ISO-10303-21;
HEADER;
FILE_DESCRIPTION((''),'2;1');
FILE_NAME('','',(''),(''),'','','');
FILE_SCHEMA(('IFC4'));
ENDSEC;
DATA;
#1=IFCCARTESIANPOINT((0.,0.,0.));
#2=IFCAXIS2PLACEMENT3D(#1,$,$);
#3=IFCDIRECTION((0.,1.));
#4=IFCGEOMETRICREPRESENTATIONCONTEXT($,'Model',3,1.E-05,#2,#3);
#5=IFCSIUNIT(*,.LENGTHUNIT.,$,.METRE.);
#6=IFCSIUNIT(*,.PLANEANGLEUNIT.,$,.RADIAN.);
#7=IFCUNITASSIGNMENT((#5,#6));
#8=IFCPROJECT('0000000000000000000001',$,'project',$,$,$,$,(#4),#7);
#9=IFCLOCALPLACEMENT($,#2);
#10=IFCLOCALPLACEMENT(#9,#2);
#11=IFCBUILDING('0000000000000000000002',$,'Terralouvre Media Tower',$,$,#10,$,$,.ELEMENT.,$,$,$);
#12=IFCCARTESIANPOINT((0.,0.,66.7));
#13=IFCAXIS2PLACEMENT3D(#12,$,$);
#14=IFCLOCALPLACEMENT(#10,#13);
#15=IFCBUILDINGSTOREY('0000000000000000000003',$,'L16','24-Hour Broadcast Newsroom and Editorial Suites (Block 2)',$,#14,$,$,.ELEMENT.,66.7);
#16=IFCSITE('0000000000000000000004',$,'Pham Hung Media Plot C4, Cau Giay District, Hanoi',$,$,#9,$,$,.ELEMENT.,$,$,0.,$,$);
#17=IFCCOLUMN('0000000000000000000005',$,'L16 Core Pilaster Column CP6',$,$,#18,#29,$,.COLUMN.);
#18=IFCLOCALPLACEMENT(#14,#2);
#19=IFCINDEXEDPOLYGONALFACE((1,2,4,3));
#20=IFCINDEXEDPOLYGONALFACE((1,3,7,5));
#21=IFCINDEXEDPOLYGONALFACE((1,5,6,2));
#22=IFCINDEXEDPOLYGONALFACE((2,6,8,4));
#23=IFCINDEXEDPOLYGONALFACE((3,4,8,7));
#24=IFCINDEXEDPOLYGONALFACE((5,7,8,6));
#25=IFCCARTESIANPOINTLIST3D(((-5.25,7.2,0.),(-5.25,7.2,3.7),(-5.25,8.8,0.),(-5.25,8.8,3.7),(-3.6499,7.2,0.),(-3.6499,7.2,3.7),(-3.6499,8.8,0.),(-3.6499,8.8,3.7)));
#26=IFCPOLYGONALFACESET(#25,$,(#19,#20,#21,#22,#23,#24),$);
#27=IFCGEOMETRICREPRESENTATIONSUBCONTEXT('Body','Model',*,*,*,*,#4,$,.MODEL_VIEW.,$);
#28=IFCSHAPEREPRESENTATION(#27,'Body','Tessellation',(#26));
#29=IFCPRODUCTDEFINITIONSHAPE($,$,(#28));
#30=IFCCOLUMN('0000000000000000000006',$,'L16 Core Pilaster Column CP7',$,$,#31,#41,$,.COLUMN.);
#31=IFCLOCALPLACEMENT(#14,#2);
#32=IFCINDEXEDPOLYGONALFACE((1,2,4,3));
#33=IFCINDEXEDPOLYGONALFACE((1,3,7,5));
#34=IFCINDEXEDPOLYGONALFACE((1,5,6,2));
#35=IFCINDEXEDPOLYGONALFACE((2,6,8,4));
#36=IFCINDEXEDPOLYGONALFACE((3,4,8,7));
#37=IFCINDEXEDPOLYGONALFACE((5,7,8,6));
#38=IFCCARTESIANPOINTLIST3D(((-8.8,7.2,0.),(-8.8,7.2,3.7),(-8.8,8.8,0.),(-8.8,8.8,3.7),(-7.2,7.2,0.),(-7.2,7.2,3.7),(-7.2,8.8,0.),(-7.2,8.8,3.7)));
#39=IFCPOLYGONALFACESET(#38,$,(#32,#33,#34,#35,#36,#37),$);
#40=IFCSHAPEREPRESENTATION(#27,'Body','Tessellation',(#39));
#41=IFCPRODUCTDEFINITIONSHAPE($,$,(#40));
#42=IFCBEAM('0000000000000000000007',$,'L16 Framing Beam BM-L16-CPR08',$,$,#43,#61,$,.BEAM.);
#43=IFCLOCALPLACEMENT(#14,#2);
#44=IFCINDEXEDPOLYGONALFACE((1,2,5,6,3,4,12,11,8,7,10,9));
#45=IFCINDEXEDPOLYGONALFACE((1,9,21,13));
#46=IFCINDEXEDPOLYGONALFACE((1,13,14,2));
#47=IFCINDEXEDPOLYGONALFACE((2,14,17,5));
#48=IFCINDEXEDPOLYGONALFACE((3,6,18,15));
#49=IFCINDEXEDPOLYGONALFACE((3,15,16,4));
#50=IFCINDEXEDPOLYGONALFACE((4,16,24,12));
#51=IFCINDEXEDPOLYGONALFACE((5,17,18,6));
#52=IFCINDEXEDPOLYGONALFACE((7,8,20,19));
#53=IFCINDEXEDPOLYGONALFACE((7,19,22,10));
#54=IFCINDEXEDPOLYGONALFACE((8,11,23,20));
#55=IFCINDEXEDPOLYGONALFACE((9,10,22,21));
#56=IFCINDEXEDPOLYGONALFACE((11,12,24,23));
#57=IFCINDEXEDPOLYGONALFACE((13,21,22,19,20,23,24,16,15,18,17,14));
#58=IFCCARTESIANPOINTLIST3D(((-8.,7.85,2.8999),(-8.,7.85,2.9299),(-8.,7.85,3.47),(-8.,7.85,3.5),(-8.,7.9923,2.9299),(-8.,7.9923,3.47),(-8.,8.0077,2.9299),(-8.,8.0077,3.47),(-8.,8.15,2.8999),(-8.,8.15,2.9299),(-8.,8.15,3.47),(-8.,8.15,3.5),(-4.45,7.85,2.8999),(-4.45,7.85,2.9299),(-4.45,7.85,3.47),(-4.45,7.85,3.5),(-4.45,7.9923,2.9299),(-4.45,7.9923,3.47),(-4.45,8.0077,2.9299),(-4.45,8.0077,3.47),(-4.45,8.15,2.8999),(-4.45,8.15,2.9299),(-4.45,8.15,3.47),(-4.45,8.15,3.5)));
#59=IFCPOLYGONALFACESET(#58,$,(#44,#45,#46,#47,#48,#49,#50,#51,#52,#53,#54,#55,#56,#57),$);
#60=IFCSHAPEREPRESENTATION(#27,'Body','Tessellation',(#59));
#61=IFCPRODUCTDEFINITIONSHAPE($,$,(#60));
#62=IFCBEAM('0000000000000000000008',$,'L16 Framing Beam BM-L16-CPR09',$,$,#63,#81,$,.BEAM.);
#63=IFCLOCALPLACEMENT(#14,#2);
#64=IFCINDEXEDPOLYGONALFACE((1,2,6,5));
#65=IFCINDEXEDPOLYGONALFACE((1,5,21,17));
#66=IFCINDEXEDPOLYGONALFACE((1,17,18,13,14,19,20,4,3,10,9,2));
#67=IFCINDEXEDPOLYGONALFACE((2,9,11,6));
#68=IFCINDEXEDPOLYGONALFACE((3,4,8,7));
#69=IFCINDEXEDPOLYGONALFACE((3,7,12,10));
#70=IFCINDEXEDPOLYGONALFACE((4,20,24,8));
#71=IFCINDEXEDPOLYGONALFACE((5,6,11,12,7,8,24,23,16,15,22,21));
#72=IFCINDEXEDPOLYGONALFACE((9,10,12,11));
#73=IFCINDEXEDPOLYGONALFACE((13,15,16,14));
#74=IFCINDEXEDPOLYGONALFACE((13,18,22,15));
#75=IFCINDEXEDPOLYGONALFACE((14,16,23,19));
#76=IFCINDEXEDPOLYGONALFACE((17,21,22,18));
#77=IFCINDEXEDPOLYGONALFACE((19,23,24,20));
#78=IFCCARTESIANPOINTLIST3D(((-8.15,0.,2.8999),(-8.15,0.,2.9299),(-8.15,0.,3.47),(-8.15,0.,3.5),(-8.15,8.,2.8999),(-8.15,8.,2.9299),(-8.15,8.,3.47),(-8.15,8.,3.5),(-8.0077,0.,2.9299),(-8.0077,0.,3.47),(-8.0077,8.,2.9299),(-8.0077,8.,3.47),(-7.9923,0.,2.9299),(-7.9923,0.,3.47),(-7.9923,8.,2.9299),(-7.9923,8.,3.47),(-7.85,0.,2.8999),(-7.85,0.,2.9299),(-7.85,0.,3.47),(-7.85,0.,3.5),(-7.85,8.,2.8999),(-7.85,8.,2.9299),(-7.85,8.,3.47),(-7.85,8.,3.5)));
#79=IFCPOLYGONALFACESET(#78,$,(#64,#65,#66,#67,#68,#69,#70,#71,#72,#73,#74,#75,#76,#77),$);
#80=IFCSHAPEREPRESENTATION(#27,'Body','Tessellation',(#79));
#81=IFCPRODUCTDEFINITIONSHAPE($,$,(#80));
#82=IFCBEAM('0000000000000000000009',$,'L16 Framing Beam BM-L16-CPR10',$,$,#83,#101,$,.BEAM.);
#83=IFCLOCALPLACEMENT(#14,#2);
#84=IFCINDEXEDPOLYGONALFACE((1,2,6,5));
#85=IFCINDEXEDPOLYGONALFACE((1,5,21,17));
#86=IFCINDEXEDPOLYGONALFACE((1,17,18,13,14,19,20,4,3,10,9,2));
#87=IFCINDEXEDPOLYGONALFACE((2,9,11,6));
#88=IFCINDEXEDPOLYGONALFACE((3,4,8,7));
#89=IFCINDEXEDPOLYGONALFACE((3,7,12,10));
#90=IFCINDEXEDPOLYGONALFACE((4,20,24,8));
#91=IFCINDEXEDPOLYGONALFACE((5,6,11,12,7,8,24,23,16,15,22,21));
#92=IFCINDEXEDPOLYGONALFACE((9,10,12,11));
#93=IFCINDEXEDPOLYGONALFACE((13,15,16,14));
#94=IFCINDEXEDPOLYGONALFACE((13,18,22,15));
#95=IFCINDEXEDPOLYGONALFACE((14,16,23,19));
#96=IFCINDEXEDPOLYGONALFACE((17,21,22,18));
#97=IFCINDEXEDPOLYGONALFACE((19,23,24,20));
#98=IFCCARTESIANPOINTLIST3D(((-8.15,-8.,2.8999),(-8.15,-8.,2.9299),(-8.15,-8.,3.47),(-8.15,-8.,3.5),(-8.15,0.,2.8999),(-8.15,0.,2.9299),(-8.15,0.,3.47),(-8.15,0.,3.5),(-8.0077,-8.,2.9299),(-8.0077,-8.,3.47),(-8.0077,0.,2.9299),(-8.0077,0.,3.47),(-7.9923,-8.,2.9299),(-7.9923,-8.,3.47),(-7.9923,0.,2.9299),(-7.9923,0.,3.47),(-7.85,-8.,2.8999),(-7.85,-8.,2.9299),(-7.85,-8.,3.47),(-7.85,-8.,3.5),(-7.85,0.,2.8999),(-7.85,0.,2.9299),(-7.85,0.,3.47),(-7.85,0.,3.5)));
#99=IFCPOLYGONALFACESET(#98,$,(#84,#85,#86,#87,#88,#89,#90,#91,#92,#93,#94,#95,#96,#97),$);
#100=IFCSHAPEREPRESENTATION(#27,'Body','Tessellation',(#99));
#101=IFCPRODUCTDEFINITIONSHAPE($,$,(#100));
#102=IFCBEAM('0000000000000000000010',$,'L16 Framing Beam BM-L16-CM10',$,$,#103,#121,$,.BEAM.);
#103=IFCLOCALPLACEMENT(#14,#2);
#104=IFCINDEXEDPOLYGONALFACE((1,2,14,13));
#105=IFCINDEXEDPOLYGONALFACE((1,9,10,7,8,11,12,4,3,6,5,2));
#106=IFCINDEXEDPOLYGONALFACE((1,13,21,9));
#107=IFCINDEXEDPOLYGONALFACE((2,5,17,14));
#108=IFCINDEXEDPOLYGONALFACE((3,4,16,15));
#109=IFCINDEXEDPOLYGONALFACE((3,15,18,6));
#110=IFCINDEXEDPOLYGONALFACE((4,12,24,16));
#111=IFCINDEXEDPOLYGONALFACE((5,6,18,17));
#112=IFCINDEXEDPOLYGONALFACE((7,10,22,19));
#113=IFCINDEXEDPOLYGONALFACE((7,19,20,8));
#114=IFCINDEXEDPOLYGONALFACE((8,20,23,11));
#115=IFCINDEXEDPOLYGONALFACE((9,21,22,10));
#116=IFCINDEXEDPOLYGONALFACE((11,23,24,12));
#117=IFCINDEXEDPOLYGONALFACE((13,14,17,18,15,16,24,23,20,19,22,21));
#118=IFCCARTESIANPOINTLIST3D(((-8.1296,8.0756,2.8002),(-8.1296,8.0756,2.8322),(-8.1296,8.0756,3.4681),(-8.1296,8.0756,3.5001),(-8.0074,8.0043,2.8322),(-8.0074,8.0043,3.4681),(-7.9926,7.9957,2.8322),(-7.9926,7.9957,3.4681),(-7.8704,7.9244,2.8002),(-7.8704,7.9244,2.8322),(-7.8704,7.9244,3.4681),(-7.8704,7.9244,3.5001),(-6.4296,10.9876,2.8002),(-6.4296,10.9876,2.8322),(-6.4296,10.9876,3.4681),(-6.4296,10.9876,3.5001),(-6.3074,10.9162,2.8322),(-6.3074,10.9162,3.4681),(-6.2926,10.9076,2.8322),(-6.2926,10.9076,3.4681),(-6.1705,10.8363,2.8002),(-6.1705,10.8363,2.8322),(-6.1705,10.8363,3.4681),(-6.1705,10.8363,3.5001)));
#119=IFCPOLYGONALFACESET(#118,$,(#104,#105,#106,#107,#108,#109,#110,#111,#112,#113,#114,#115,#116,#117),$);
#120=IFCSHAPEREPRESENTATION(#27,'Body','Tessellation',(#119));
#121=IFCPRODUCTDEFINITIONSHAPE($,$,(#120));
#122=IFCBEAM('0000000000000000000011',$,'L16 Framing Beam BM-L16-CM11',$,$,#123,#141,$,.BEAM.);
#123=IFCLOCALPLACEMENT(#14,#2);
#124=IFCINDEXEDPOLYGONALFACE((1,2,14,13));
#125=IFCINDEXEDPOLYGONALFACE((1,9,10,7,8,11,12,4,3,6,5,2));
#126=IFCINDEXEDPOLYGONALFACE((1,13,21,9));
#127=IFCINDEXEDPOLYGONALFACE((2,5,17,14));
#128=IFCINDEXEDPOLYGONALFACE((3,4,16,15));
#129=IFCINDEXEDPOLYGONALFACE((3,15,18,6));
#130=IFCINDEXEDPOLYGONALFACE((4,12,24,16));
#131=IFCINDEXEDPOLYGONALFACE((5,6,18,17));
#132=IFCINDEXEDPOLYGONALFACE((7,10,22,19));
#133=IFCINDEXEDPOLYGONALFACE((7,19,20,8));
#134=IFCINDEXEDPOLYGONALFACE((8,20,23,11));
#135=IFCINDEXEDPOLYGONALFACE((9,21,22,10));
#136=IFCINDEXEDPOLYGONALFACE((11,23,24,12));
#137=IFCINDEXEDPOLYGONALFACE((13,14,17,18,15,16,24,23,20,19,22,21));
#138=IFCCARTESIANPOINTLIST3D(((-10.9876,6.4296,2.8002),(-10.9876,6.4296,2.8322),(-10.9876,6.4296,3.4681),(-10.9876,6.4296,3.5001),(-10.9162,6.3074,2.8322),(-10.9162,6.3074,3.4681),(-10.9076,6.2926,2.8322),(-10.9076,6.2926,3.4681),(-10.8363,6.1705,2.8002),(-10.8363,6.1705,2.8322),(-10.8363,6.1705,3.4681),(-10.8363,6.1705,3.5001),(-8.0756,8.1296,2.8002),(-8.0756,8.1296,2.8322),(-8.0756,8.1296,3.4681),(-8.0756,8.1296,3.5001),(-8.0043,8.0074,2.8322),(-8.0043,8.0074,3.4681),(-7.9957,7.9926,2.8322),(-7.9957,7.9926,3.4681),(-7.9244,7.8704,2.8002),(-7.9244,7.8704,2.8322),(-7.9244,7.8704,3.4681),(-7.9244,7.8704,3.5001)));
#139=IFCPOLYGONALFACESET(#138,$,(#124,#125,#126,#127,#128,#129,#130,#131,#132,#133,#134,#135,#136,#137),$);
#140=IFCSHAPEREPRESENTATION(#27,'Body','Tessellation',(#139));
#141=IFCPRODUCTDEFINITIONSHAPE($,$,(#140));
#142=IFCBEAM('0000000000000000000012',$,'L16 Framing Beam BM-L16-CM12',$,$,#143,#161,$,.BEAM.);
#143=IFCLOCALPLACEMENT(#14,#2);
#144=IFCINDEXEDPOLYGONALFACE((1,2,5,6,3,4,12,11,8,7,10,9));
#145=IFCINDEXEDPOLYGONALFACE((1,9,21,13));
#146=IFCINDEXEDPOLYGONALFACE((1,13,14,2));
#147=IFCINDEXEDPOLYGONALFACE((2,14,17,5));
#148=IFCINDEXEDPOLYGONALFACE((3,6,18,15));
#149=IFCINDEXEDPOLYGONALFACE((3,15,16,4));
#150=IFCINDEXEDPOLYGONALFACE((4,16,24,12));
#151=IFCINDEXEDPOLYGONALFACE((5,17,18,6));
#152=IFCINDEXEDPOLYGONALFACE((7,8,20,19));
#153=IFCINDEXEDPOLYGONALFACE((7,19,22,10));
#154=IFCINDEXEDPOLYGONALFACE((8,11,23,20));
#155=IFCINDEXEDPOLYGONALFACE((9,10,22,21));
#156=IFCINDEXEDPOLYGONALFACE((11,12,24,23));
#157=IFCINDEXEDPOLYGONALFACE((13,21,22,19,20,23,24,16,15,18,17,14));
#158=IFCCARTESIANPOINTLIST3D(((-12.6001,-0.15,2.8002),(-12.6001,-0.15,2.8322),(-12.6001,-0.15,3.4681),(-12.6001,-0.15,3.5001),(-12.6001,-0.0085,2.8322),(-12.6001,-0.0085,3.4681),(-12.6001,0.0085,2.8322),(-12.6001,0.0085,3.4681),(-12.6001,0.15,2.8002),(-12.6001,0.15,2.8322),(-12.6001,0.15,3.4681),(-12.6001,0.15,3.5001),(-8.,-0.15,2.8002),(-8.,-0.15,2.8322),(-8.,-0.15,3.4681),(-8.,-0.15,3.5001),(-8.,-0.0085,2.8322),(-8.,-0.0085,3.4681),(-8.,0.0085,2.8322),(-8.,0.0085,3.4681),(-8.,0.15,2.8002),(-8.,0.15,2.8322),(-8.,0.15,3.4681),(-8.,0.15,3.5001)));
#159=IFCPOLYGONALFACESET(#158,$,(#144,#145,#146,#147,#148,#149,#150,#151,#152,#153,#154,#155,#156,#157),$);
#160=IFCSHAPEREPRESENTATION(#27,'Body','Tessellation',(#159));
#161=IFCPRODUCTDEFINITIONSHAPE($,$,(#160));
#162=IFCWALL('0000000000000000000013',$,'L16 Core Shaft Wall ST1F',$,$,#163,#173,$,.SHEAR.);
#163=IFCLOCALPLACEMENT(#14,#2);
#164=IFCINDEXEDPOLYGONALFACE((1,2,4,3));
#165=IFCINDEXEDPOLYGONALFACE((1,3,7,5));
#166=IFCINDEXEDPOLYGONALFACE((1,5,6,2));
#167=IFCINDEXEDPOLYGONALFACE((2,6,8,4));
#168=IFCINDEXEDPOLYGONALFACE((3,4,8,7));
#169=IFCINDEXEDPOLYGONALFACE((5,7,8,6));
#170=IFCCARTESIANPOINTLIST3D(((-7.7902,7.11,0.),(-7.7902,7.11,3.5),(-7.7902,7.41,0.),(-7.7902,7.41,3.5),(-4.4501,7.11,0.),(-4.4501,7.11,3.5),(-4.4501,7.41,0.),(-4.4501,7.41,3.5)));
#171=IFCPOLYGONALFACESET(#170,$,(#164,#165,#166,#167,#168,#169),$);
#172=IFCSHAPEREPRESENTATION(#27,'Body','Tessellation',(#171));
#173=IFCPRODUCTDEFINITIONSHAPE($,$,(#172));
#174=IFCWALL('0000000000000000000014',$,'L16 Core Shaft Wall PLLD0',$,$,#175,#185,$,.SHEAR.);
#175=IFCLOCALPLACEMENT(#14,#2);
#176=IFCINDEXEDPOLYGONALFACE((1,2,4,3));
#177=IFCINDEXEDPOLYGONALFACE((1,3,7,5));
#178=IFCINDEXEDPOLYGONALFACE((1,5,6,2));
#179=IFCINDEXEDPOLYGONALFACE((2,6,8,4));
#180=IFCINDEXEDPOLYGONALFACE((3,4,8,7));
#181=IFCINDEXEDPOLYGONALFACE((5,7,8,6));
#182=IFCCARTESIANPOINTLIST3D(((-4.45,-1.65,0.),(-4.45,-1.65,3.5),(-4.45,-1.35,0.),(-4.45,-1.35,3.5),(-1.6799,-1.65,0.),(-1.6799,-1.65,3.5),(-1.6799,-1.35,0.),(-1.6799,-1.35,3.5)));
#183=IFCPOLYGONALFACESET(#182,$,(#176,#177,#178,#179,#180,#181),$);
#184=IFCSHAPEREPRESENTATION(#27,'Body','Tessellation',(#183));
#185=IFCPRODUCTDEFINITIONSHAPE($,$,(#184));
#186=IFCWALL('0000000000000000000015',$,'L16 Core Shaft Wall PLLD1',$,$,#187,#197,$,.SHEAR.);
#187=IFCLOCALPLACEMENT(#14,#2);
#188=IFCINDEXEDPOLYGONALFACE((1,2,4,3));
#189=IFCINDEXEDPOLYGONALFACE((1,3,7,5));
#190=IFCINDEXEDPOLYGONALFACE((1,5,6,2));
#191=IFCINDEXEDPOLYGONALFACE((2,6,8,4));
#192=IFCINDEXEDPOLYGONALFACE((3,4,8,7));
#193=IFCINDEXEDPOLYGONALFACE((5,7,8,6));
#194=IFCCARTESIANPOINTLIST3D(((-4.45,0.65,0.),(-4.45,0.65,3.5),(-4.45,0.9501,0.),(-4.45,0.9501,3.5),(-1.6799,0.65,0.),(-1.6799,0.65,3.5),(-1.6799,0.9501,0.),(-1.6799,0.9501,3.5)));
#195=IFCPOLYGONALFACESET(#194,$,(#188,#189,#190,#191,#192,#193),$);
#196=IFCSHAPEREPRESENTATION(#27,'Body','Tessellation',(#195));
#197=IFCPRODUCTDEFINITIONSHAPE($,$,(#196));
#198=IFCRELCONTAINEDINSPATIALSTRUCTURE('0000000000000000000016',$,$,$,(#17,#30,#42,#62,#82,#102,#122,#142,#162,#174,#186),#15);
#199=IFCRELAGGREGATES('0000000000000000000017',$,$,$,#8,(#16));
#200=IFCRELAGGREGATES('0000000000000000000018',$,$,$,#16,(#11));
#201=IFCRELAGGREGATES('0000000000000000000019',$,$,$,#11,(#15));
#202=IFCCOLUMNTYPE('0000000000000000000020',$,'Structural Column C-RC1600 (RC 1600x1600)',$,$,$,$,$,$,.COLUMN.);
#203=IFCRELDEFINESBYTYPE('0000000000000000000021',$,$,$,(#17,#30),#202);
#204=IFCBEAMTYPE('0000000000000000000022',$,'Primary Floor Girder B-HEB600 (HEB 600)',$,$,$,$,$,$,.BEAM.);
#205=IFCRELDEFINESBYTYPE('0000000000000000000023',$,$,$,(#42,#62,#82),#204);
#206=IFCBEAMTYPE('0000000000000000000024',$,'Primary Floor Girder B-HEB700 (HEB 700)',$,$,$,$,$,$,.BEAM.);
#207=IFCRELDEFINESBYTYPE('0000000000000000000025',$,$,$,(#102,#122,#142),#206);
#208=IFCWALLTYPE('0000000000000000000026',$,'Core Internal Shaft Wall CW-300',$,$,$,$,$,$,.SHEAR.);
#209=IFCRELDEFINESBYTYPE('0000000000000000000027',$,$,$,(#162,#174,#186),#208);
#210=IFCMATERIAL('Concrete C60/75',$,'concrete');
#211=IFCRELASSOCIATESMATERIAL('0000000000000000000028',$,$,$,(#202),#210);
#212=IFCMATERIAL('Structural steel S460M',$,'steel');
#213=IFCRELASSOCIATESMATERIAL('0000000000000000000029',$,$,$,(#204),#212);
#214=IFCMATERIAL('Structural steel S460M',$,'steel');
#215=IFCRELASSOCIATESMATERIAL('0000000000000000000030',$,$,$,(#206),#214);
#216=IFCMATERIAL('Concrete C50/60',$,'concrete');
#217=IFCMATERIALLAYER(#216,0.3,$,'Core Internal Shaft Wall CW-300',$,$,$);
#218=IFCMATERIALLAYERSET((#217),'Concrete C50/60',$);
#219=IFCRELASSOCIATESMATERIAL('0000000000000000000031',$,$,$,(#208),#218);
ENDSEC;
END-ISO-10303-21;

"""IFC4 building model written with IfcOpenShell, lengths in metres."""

from ifc_helpers import new_model, si_unit, direction, frame, frame_2d, origin, origin_2d, place, context, subcontext, project, spatial, rectangle, i_section, extrude, material, layer, layer_set, material_profile, profile_set, type_object, element, save


model = new_model("IFC4")

# Units and contexts
model_context = context("Model", 3, precision=1e-05, world=origin(), true_north=direction((0.0, 1.0)))
body_context = subcontext(model_context, "Body", "Model", "MODEL_VIEW")
ifc_project = project(units=[si_unit("LENGTHUNIT", "METRE"), si_unit("PLANEANGLEUNIT", "RADIAN")], contexts=[model_context])

# Site, building, storey
site_placement = place(None, origin())
site = spatial("IfcSite", under=ifc_project, at=site_placement, Name="Pham Hung Media Plot C4, Cau Giay District, Hanoi", CompositionType="ELEMENT", RefElevation=0.0)
building_placement = place(site_placement, origin())
building = spatial("IfcBuilding", under=site, at=building_placement, Name="Terralouvre Media Tower", CompositionType="ELEMENT")
storey_placement = place(building_placement, frame((0.0, 0.0, 66.7)))
storey = spatial("IfcBuildingStorey", under=building, at=storey_placement, Name="L16", Description="24-Hour Broadcast Newsroom and Editorial Suites (Block 2)", CompositionType="ELEMENT", Elevation=66.7)

# Columns
ifc_material_1 = material(Name="Concrete C60/75", Category="concrete")
ifc_material_profile_1 = material_profile(ifc_material_1, rectangle(XDim=1.6001, YDim=1.6001, at=origin_2d()), Name="RC 1600x1600")
ifc_profile_set_1 = profile_set([ifc_material_profile_1], Name="Concrete C60/75")
column_type = type_object("IfcColumnType", Name="Structural Column C-RC1600 (RC 1600x1600)", PredefinedType="COLUMN", material=ifc_profile_set_1)
for number, where, z_axis, x_axis, name in (
    (1, (-4.45, 8.0, 0.0), (0.0, 0.0, 1.0), (1.0, 0.0, 0.0), "L16 Core Pilaster Column CP6"),
    (2, (-8.0, 8.0, 0.0), (0.0, 0.0, 1.0), (1.0, 0.0, 0.0), "L16 Core Pilaster Column CP7"),
):
    element("IfcColumn", number, at=place(storey_placement, frame(where, z_axis=z_axis, x_axis=x_axis)), inside=storey, type_object=column_type, Name=name, PredefinedType="COLUMN", context=body_context, shape_type="SweptSolid", body=[
        extrude(rectangle(XDim=1.6001, YDim=1.6001, at=origin_2d()), origin(), (0.0, 0.0, 1.0), 3.7),
    ])

# Beams
ifc_material_2 = material(Name="Structural steel S460M", Category="steel")
ifc_material_profile_2 = material_profile(ifc_material_2, i_section(OverallWidth=0.3, OverallDepth=0.6001, WebThickness=0.0154, FlangeThickness=0.03, at=origin_2d()), Name="HEB 600")
ifc_profile_set_2 = profile_set([ifc_material_profile_2], Name="Structural steel S460M")
beam_type_1 = type_object("IfcBeamType", Name="Primary Floor Girder B-HEB600 (HEB 600)", PredefinedType="BEAM", material=ifc_profile_set_2)
beam_1_placement = place(storey_placement, frame((-4.45, 8.0, 3.2), z_axis=(-1.0, 0.0, 0.0), x_axis=(0.0, -1.0, 0.0)))
element("IfcBeam", 3, at=beam_1_placement, inside=storey, type_object=beam_type_1, Name="L16 Framing Beam BM-L16-CPR08", PredefinedType="BEAM", context=body_context, shape_type="SweptSolid", body=[
    extrude(i_section(OverallWidth=0.3, OverallDepth=0.6001, WebThickness=0.0154, FlangeThickness=0.03, at=origin_2d()), origin(), (0.0, 0.0, 1.0), 3.55),
])
for number, where, z_axis, x_axis, name in (
    (4, (-8.0, 8.0, 3.2), (0.0, -1.0, 0.0), (1.0, 0.0, 0.0), "L16 Framing Beam BM-L16-CPR09"),
    (5, (-8.0, 0.0, 3.2), (0.0, -1.0, 0.0), (1.0, 0.0, 0.0), "L16 Framing Beam BM-L16-CPR10"),
):
    element("IfcBeam", number, at=place(storey_placement, frame(where, z_axis=z_axis, x_axis=x_axis)), inside=storey, type_object=beam_type_1, Name=name, PredefinedType="BEAM", context=body_context, shape_type="SweptSolid", body=[
        extrude(i_section(OverallWidth=0.3, OverallDepth=0.6001, WebThickness=0.0154, FlangeThickness=0.03, at=origin_2d()), origin(), (0.0, 0.0, 1.0), 8.0),
    ])
ifc_material_3 = material(Name="Structural steel S460M", Category="steel")
ifc_material_profile_3 = material_profile(ifc_material_3, i_section(OverallWidth=0.3, OverallDepth=0.7, WebThickness=0.0171, FlangeThickness=0.032, at=origin_2d()), Name="HEB 700")
ifc_profile_set_3 = profile_set([ifc_material_profile_3], Name="Structural steel S460M")
beam_type_2 = type_object("IfcBeamType", Name="Primary Floor Girder B-HEB700 (HEB 700)", PredefinedType="BEAM", material=ifc_profile_set_3)
for number, where, z_axis, x_axis, name in (
    (6, (-8.0, 8.0, 3.1501), (0.504173, 0.863603, 0.0), (-0.863603, 0.504173, 0.0), "L16 Framing Beam BM-L16-CM10"),
    (7, (-8.0, 8.0, 3.1501), (-0.863603, -0.504173, 0.0), (0.504173, -0.863603, 0.0), "L16 Framing Beam BM-L16-CM11"),
):
    element("IfcBeam", number, at=place(storey_placement, frame(where, z_axis=z_axis, x_axis=x_axis)), inside=storey, type_object=beam_type_2, Name=name, PredefinedType="BEAM", context=body_context, shape_type="SweptSolid", body=[
        extrude(i_section(OverallWidth=0.3, OverallDepth=0.7, WebThickness=0.0171, FlangeThickness=0.032, at=origin_2d()), origin(), (0.0, 0.0, 1.0), 3.3718),
    ])
beam_2_placement = place(storey_placement, frame((-8.0, 0.0, 3.1501), z_axis=(-1.0, 0.0, 0.0), x_axis=(0.0, -1.0, 0.0)))
element("IfcBeam", 8, at=beam_2_placement, inside=storey, type_object=beam_type_2, Name="L16 Framing Beam BM-L16-CM12", PredefinedType="BEAM", context=body_context, shape_type="SweptSolid", body=[
    extrude(i_section(OverallWidth=0.3, OverallDepth=0.7, WebThickness=0.0171, FlangeThickness=0.032, at=origin_2d()), origin(), (0.0, 0.0, 1.0), 4.6001),
])

# Shared definitions
ifc_material_4 = material(Name="Concrete C50/60", Category="concrete")
ifc_layer_1 = layer(ifc_material_4, 0.3, Name="Core Internal Shaft Wall CW-300")
ifc_layer_set_1 = layer_set([ifc_layer_1], Name="Concrete C50/60")
wall_type_1 = type_object("IfcWallType", Name="Core Internal Shaft Wall CW-300", PredefinedType="SHEAR", material=ifc_layer_set_1)

# Walls
wall_1_placement = place(storey_placement, frame((-7.79, 7.26, 0.0), z_axis=(0.0, 0.0, 1.0), x_axis=(1.0, 0.0, 0.0)))
element("IfcWall", 9, at=wall_1_placement, inside=storey, type_object=wall_type_1, Name="L16 Core Shaft Wall ST1F", PredefinedType="SHEAR", context=body_context, shape_type="SweptSolid", body=[
    extrude(rectangle(XDim=3.3401, YDim=0.3, at=frame_2d((1.6699, 0.0))), origin(), (0.0, 0.0, 1.0), 3.5),
])
for number, where, z_axis, x_axis, name in (
    (10, (-4.45, -1.5, 0.0), (0.0, 0.0, 1.0), (1.0, 0.0, 0.0), "L16 Core Shaft Wall PLLD0"),
    (11, (-4.45, 0.8, 0.0), (0.0, 0.0, 1.0), (1.0, 0.0, 0.0), "L16 Core Shaft Wall PLLD1"),
):
    element("IfcWall", number, at=place(storey_placement, frame(where, z_axis=z_axis, x_axis=x_axis)), inside=storey, type_object=wall_type_1, Name=name, PredefinedType="SHEAR", context=body_context, shape_type="SweptSolid", body=[
        extrude(rectangle(XDim=2.77, YDim=0.3, at=frame_2d((1.385, 0.0))), origin(), (0.0, 0.0, 1.0), 3.5),
    ])

save(model, "model.ifc")
